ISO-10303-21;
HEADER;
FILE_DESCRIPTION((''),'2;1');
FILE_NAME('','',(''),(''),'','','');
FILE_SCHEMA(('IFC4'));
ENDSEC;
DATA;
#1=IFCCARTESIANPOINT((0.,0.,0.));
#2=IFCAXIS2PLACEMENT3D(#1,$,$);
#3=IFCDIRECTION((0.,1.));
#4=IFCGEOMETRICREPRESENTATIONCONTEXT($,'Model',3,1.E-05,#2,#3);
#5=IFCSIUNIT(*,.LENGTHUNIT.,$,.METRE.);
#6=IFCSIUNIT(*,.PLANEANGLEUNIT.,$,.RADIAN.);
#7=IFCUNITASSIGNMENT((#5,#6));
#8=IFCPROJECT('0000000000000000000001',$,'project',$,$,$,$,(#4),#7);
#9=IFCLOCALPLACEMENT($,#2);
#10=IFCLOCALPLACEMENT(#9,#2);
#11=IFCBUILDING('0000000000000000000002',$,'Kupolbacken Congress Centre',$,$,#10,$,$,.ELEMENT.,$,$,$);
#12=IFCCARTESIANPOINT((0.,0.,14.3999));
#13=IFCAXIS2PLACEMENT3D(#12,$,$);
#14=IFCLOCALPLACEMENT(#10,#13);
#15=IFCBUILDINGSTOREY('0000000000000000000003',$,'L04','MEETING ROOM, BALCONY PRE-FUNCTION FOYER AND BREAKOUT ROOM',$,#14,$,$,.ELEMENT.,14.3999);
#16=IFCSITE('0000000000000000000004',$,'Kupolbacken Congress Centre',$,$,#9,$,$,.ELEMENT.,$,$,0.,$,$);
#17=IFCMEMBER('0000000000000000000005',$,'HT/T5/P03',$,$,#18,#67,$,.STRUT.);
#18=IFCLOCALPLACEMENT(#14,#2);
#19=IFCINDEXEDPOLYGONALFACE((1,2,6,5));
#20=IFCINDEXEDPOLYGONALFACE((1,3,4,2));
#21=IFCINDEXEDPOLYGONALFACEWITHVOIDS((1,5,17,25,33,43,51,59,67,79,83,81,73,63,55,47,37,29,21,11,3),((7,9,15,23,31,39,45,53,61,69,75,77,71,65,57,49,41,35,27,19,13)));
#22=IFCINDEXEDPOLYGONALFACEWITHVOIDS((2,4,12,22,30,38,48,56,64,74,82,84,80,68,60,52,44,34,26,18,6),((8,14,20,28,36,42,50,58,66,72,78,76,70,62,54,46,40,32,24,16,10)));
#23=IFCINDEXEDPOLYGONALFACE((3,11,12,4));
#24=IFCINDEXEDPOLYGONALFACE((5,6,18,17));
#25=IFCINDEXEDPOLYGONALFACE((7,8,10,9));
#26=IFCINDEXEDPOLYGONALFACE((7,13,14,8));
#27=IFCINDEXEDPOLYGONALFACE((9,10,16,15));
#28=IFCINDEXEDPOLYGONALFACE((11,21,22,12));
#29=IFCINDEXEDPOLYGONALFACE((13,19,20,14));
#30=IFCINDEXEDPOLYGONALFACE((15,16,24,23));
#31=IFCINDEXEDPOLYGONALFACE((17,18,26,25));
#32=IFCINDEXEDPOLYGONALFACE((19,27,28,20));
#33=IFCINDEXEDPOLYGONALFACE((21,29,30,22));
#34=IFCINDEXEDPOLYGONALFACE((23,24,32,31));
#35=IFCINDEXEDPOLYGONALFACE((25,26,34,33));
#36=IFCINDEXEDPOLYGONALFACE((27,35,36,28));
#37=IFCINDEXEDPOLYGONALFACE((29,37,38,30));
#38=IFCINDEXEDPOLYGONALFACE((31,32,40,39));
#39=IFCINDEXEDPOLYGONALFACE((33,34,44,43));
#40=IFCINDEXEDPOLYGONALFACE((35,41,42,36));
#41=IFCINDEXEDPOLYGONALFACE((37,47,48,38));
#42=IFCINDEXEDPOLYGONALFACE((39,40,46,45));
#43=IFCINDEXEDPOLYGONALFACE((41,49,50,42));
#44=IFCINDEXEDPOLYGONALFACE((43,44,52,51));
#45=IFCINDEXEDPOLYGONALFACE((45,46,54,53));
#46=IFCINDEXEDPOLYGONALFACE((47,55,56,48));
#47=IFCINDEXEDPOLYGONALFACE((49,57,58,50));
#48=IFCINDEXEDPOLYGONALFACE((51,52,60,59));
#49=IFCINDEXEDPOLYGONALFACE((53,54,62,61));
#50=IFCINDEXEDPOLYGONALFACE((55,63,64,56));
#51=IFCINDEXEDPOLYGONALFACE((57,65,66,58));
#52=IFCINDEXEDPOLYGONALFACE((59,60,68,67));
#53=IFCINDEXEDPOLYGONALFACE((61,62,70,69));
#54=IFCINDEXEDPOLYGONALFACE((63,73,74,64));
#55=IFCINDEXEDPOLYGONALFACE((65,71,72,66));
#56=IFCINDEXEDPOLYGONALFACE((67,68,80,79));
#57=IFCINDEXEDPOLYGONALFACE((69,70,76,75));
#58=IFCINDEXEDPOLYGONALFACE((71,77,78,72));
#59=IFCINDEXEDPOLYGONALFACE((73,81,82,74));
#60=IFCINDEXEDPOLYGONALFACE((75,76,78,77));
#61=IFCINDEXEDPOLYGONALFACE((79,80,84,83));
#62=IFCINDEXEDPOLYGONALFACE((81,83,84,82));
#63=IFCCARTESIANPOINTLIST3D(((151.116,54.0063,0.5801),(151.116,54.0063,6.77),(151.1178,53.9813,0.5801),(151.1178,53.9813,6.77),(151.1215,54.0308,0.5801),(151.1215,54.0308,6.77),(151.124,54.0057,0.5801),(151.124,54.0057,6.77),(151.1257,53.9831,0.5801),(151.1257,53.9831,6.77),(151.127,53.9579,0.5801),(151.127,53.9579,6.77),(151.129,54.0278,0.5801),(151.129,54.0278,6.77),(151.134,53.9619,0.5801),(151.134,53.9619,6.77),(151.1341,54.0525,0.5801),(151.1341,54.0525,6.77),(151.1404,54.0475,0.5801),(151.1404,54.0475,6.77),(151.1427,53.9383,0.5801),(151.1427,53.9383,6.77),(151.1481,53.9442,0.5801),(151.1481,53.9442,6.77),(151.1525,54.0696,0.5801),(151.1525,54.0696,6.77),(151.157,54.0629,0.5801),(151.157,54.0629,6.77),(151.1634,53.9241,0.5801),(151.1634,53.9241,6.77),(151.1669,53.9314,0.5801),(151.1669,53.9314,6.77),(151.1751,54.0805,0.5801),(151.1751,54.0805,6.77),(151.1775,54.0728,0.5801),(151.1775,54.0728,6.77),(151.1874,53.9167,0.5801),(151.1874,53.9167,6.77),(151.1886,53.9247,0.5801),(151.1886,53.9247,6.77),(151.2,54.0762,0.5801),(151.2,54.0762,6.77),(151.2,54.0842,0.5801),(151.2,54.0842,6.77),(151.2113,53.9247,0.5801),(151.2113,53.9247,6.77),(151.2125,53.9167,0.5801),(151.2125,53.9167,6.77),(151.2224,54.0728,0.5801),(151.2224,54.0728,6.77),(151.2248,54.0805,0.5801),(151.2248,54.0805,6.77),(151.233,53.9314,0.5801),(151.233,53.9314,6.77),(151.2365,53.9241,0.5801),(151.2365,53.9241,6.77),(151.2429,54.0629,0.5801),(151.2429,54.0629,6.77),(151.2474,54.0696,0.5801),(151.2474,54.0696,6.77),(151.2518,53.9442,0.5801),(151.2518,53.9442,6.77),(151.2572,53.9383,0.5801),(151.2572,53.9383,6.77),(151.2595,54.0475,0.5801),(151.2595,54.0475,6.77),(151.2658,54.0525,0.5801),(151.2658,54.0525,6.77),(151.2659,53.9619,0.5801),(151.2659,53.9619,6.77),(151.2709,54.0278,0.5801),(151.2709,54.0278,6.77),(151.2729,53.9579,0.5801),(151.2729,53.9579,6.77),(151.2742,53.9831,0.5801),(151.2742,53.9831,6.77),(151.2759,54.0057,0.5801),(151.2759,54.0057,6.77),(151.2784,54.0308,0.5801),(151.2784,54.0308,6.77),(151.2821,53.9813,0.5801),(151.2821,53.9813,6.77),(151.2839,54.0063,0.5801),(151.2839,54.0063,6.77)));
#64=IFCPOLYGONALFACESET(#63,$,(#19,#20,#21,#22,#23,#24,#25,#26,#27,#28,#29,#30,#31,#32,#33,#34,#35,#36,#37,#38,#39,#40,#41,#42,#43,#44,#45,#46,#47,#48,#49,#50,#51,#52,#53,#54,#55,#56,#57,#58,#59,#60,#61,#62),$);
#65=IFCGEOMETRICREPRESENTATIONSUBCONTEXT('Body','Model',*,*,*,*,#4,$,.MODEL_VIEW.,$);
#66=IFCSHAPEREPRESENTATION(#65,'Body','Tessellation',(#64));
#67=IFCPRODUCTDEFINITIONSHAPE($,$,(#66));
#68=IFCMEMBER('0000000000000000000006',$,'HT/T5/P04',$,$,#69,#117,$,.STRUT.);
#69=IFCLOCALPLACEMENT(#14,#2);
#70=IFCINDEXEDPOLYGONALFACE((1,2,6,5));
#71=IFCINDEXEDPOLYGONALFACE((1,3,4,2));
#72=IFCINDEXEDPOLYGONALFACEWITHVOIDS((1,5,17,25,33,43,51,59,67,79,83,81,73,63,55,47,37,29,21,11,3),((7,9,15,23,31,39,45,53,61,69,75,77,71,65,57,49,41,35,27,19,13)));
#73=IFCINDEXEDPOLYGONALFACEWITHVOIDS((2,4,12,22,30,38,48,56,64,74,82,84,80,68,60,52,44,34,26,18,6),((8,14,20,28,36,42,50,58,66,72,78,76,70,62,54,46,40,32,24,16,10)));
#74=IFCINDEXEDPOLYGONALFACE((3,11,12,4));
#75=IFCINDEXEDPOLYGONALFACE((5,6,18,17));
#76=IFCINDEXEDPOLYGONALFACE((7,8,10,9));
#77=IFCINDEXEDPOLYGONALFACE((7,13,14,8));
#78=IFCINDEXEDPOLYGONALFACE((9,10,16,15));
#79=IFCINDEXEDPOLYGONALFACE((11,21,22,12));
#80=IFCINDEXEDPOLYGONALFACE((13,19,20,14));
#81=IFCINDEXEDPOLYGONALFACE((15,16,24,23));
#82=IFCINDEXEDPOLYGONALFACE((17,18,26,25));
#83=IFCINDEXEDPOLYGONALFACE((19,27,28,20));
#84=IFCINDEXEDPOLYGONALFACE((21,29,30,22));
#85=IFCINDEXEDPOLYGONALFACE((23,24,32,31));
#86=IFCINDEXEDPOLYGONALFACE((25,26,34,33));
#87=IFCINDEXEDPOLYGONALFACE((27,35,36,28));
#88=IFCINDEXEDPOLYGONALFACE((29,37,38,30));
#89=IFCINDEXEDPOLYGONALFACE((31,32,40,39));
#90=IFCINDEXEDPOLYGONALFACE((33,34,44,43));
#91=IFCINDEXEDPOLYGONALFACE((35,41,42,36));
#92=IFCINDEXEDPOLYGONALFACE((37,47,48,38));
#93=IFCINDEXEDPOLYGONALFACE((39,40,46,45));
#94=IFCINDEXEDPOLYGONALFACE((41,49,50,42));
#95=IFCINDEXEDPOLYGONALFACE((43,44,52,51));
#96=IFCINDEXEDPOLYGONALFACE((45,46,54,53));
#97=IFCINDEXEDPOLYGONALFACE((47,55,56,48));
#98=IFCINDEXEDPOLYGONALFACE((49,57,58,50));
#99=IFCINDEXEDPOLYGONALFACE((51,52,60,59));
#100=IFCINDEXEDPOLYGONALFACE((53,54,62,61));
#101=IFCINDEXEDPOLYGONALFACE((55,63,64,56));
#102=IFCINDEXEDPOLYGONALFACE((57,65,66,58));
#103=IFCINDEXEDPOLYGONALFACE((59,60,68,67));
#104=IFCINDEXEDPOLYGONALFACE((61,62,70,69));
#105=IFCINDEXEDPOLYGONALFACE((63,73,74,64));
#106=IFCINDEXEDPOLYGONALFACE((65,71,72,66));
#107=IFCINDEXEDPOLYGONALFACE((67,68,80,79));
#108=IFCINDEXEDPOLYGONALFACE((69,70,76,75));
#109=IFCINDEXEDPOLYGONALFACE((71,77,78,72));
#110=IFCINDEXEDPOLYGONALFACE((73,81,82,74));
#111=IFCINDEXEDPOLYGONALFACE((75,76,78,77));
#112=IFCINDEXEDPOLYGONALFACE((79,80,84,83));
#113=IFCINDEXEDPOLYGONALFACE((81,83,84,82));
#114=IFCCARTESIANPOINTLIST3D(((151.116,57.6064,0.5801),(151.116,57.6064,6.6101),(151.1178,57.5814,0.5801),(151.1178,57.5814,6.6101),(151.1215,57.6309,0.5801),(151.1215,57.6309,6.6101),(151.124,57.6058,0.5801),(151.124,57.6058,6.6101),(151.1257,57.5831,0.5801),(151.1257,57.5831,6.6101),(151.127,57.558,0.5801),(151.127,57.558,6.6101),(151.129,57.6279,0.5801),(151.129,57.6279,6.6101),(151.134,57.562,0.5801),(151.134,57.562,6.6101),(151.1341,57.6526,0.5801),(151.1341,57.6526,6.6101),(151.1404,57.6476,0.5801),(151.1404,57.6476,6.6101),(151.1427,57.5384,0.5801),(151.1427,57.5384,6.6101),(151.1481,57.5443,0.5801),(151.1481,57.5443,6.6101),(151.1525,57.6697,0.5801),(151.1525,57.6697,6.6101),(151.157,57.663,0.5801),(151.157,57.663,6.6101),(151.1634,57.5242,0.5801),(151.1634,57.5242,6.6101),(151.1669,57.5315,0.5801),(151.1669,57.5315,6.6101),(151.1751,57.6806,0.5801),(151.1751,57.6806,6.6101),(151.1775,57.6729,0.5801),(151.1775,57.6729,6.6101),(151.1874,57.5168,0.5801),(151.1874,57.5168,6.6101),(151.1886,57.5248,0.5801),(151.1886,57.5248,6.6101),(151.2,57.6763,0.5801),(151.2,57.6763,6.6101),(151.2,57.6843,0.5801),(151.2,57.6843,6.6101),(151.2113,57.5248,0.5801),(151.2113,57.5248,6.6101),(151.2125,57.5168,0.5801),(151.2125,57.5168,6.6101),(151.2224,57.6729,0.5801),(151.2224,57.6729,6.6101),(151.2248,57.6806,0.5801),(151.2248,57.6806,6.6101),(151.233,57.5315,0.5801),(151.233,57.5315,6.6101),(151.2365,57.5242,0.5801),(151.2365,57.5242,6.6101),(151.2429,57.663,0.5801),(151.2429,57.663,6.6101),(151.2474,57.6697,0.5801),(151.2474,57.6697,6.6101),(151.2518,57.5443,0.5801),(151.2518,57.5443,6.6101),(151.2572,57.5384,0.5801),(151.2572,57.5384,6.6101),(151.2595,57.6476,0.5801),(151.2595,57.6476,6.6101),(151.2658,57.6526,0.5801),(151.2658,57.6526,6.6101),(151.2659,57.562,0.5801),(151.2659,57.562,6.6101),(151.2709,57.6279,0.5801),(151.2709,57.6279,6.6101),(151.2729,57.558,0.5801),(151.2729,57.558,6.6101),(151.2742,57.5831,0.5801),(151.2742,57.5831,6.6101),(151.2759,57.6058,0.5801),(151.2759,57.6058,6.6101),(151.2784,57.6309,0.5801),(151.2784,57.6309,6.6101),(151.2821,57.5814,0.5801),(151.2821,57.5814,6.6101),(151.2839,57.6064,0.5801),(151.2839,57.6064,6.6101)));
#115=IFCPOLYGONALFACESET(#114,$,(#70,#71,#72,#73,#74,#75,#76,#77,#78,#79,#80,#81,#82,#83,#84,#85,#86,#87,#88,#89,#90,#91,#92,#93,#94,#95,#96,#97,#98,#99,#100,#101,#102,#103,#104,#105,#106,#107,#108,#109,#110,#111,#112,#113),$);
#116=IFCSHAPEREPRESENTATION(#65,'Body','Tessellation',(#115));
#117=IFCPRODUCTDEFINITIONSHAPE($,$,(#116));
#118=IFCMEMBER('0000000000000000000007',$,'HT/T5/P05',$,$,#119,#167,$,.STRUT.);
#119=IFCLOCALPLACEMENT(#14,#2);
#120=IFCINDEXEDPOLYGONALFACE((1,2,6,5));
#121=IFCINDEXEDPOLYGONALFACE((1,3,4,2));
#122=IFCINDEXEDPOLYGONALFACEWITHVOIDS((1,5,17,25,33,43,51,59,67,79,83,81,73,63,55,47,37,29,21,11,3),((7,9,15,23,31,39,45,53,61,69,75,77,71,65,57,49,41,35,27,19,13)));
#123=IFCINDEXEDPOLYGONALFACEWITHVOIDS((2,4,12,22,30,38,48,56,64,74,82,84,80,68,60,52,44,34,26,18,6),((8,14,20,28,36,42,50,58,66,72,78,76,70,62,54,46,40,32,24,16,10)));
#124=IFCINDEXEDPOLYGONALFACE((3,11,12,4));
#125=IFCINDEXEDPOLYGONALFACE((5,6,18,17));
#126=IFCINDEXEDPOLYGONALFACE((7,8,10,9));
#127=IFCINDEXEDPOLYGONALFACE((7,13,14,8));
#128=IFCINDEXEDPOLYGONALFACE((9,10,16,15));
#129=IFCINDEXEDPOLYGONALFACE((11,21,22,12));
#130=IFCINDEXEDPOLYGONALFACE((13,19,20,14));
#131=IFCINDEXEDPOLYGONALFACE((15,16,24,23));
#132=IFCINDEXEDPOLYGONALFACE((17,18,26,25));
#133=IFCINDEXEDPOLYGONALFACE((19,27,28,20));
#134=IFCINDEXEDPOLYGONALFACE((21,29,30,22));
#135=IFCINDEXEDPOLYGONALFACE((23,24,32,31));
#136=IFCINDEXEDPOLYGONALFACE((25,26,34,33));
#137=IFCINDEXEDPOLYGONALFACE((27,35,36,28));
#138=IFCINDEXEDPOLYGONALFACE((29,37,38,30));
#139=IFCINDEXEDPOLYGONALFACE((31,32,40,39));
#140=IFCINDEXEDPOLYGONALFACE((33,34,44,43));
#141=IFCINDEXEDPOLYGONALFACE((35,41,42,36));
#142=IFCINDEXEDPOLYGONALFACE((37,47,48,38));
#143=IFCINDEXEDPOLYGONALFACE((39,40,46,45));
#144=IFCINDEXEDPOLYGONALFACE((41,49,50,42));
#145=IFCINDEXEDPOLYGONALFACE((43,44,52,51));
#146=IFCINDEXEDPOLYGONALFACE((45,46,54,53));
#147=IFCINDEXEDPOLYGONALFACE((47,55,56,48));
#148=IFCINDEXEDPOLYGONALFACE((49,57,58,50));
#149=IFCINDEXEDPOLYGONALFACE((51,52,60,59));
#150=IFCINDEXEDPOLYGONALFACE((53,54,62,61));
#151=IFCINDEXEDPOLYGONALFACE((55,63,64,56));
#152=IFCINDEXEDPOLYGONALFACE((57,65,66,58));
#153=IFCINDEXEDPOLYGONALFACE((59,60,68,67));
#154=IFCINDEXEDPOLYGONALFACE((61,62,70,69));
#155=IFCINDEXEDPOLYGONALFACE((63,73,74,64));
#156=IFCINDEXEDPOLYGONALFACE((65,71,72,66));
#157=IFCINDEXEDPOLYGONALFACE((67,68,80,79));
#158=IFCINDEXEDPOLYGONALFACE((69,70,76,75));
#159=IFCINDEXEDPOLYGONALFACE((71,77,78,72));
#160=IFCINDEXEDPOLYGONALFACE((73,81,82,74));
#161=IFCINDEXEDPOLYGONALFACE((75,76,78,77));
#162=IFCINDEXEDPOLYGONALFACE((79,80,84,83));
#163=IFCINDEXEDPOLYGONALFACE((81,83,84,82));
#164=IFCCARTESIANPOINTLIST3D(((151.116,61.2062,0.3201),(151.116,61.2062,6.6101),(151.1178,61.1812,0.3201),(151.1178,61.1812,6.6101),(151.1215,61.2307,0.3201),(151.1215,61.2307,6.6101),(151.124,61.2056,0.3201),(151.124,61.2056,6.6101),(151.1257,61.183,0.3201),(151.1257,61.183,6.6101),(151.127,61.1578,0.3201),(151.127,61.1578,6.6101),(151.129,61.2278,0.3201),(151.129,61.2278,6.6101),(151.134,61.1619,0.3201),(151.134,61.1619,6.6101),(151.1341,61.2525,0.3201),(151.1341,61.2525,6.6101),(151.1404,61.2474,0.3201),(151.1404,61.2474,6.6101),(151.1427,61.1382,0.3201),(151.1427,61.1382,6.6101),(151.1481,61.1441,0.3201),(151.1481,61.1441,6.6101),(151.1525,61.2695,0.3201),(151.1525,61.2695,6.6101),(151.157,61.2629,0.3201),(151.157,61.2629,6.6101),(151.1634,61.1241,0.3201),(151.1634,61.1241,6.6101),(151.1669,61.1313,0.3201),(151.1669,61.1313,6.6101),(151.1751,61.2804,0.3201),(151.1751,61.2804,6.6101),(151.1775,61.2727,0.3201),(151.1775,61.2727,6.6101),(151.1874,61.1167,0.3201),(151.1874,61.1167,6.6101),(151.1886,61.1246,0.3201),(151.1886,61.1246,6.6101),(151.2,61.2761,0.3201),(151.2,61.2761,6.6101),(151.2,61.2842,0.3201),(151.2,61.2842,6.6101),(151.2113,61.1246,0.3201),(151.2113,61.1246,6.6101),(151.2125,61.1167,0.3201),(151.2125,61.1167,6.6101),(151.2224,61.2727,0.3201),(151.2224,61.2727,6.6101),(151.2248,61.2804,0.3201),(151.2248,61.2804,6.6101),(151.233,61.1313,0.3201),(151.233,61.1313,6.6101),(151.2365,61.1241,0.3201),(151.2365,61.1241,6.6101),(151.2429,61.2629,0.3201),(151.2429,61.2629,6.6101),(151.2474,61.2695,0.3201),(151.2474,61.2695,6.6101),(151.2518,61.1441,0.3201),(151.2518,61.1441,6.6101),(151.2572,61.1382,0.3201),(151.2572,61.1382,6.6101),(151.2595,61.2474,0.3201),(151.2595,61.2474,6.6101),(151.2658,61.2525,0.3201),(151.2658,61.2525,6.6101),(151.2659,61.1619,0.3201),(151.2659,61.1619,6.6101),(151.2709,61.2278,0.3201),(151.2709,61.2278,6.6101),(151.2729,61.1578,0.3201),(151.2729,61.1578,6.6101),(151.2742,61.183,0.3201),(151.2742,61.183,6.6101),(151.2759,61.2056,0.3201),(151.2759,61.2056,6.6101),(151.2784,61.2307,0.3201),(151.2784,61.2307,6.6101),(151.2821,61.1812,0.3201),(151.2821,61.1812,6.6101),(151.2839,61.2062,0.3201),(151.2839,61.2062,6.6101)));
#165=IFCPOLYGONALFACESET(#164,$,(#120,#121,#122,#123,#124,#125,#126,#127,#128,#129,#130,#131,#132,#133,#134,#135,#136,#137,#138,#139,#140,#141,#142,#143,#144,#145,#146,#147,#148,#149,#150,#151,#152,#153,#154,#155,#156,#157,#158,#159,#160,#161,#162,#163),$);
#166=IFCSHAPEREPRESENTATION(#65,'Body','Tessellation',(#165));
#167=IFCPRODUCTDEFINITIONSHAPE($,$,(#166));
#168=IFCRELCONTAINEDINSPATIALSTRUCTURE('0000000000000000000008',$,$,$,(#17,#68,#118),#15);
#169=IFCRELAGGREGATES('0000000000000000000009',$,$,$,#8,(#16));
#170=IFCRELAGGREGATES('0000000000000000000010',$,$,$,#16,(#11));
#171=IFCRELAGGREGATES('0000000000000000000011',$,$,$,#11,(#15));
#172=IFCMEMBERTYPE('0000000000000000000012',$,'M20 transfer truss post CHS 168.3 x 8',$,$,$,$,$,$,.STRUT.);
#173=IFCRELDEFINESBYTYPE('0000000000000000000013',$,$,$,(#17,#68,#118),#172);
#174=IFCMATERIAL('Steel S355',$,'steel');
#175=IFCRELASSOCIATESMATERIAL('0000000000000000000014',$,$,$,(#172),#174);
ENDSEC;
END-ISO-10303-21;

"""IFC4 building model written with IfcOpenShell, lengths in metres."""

from ifc_helpers import new_model, si_unit, direction, frame, origin, origin_2d, place, context, subcontext, project, spatial, hollow_circle, extrude, material, material_profile, profile_set, type_object, element, save


model = new_model("IFC4")

# Units and contexts
model_context = context("Model", 3, precision=1e-05, world=origin(), true_north=direction((0.0, 1.0)))
body_context = subcontext(model_context, "Body", "Model", "MODEL_VIEW")
ifc_project = project(units=[si_unit("LENGTHUNIT", "METRE"), si_unit("PLANEANGLEUNIT", "RADIAN")], contexts=[model_context])

# Site, building, storey
site_placement = place(None, origin())
site = spatial("IfcSite", under=ifc_project, at=site_placement, Name="Kupolbacken Congress Centre", CompositionType="ELEMENT", RefElevation=0.0)
building_placement = place(site_placement, origin())
building = spatial("IfcBuilding", under=site, at=building_placement, Name="Kupolbacken Congress Centre", CompositionType="ELEMENT")
storey_placement = place(building_placement, frame((0.0, 0.0, 14.3999)))
storey = spatial("IfcBuildingStorey", under=building, at=storey_placement, Name="L04", Description="MEETING ROOM, BALCONY PRE-FUNCTION FOYER AND BREAKOUT ROOM", CompositionType="ELEMENT", Elevation=14.3999)

# Members
ifc_material_1 = material(Name="Steel S355", Category="steel")
ifc_material_profile_1 = material_profile(ifc_material_1, hollow_circle(Radius=0.0842, WallThickness=0.0081, at=origin_2d()), Name="CHS 168.3 x 8")
ifc_profile_set_1 = profile_set([ifc_material_profile_1], Name="Steel S355")
member_type_1 = type_object("IfcMemberType", Name="M20 transfer truss post CHS 168.3 x 8", PredefinedType="STRUT", material=ifc_profile_set_1)
for number, where, z_axis, x_axis, name in (
    (1, (151.2, 54.0, 0.5801), (0.0, 0.0, 1.0), (0.0, 1.0, 0.0), "HT/T5/P03"),
):
    element("IfcMember", number, at=place(storey_placement, frame(where, z_axis=z_axis, x_axis=x_axis)), inside=storey, type_object=member_type_1, Name=name, PredefinedType="STRUT", context=body_context, shape_type="SweptSolid", body=[
        extrude(hollow_circle(Radius=0.0842, WallThickness=0.0081, at=origin_2d()), origin(), (0.0, 0.0, 1.0), 6.1899),
    ])
member_1_placement = place(storey_placement, frame((151.2, 57.6001, 0.5801), z_axis=(0.0, 0.0, 1.0), x_axis=(0.0, 1.0, 0.0)))
element("IfcMember", 2, at=member_1_placement, inside=storey, type_object=member_type_1, Name="HT/T5/P04", PredefinedType="STRUT", context=body_context, shape_type="SweptSolid", body=[
    extrude(hollow_circle(Radius=0.0842, WallThickness=0.0081, at=origin_2d()), origin(), (0.0, 0.0, 1.0), 6.03),
])
member_2_placement = place(storey_placement, frame((151.2, 61.2, 0.3201), z_axis=(0.0, 0.0, 1.0), x_axis=(0.0, 1.0, 0.0)))
element("IfcMember", 3, at=member_2_placement, inside=storey, type_object=member_type_1, Name="HT/T5/P05", PredefinedType="STRUT", context=body_context, shape_type="SweptSolid", body=[
    extrude(hollow_circle(Radius=0.0842, WallThickness=0.0081, at=origin_2d()), origin(), (0.0, 0.0, 1.0), 6.29),
])

save(model, "model.ifc")
